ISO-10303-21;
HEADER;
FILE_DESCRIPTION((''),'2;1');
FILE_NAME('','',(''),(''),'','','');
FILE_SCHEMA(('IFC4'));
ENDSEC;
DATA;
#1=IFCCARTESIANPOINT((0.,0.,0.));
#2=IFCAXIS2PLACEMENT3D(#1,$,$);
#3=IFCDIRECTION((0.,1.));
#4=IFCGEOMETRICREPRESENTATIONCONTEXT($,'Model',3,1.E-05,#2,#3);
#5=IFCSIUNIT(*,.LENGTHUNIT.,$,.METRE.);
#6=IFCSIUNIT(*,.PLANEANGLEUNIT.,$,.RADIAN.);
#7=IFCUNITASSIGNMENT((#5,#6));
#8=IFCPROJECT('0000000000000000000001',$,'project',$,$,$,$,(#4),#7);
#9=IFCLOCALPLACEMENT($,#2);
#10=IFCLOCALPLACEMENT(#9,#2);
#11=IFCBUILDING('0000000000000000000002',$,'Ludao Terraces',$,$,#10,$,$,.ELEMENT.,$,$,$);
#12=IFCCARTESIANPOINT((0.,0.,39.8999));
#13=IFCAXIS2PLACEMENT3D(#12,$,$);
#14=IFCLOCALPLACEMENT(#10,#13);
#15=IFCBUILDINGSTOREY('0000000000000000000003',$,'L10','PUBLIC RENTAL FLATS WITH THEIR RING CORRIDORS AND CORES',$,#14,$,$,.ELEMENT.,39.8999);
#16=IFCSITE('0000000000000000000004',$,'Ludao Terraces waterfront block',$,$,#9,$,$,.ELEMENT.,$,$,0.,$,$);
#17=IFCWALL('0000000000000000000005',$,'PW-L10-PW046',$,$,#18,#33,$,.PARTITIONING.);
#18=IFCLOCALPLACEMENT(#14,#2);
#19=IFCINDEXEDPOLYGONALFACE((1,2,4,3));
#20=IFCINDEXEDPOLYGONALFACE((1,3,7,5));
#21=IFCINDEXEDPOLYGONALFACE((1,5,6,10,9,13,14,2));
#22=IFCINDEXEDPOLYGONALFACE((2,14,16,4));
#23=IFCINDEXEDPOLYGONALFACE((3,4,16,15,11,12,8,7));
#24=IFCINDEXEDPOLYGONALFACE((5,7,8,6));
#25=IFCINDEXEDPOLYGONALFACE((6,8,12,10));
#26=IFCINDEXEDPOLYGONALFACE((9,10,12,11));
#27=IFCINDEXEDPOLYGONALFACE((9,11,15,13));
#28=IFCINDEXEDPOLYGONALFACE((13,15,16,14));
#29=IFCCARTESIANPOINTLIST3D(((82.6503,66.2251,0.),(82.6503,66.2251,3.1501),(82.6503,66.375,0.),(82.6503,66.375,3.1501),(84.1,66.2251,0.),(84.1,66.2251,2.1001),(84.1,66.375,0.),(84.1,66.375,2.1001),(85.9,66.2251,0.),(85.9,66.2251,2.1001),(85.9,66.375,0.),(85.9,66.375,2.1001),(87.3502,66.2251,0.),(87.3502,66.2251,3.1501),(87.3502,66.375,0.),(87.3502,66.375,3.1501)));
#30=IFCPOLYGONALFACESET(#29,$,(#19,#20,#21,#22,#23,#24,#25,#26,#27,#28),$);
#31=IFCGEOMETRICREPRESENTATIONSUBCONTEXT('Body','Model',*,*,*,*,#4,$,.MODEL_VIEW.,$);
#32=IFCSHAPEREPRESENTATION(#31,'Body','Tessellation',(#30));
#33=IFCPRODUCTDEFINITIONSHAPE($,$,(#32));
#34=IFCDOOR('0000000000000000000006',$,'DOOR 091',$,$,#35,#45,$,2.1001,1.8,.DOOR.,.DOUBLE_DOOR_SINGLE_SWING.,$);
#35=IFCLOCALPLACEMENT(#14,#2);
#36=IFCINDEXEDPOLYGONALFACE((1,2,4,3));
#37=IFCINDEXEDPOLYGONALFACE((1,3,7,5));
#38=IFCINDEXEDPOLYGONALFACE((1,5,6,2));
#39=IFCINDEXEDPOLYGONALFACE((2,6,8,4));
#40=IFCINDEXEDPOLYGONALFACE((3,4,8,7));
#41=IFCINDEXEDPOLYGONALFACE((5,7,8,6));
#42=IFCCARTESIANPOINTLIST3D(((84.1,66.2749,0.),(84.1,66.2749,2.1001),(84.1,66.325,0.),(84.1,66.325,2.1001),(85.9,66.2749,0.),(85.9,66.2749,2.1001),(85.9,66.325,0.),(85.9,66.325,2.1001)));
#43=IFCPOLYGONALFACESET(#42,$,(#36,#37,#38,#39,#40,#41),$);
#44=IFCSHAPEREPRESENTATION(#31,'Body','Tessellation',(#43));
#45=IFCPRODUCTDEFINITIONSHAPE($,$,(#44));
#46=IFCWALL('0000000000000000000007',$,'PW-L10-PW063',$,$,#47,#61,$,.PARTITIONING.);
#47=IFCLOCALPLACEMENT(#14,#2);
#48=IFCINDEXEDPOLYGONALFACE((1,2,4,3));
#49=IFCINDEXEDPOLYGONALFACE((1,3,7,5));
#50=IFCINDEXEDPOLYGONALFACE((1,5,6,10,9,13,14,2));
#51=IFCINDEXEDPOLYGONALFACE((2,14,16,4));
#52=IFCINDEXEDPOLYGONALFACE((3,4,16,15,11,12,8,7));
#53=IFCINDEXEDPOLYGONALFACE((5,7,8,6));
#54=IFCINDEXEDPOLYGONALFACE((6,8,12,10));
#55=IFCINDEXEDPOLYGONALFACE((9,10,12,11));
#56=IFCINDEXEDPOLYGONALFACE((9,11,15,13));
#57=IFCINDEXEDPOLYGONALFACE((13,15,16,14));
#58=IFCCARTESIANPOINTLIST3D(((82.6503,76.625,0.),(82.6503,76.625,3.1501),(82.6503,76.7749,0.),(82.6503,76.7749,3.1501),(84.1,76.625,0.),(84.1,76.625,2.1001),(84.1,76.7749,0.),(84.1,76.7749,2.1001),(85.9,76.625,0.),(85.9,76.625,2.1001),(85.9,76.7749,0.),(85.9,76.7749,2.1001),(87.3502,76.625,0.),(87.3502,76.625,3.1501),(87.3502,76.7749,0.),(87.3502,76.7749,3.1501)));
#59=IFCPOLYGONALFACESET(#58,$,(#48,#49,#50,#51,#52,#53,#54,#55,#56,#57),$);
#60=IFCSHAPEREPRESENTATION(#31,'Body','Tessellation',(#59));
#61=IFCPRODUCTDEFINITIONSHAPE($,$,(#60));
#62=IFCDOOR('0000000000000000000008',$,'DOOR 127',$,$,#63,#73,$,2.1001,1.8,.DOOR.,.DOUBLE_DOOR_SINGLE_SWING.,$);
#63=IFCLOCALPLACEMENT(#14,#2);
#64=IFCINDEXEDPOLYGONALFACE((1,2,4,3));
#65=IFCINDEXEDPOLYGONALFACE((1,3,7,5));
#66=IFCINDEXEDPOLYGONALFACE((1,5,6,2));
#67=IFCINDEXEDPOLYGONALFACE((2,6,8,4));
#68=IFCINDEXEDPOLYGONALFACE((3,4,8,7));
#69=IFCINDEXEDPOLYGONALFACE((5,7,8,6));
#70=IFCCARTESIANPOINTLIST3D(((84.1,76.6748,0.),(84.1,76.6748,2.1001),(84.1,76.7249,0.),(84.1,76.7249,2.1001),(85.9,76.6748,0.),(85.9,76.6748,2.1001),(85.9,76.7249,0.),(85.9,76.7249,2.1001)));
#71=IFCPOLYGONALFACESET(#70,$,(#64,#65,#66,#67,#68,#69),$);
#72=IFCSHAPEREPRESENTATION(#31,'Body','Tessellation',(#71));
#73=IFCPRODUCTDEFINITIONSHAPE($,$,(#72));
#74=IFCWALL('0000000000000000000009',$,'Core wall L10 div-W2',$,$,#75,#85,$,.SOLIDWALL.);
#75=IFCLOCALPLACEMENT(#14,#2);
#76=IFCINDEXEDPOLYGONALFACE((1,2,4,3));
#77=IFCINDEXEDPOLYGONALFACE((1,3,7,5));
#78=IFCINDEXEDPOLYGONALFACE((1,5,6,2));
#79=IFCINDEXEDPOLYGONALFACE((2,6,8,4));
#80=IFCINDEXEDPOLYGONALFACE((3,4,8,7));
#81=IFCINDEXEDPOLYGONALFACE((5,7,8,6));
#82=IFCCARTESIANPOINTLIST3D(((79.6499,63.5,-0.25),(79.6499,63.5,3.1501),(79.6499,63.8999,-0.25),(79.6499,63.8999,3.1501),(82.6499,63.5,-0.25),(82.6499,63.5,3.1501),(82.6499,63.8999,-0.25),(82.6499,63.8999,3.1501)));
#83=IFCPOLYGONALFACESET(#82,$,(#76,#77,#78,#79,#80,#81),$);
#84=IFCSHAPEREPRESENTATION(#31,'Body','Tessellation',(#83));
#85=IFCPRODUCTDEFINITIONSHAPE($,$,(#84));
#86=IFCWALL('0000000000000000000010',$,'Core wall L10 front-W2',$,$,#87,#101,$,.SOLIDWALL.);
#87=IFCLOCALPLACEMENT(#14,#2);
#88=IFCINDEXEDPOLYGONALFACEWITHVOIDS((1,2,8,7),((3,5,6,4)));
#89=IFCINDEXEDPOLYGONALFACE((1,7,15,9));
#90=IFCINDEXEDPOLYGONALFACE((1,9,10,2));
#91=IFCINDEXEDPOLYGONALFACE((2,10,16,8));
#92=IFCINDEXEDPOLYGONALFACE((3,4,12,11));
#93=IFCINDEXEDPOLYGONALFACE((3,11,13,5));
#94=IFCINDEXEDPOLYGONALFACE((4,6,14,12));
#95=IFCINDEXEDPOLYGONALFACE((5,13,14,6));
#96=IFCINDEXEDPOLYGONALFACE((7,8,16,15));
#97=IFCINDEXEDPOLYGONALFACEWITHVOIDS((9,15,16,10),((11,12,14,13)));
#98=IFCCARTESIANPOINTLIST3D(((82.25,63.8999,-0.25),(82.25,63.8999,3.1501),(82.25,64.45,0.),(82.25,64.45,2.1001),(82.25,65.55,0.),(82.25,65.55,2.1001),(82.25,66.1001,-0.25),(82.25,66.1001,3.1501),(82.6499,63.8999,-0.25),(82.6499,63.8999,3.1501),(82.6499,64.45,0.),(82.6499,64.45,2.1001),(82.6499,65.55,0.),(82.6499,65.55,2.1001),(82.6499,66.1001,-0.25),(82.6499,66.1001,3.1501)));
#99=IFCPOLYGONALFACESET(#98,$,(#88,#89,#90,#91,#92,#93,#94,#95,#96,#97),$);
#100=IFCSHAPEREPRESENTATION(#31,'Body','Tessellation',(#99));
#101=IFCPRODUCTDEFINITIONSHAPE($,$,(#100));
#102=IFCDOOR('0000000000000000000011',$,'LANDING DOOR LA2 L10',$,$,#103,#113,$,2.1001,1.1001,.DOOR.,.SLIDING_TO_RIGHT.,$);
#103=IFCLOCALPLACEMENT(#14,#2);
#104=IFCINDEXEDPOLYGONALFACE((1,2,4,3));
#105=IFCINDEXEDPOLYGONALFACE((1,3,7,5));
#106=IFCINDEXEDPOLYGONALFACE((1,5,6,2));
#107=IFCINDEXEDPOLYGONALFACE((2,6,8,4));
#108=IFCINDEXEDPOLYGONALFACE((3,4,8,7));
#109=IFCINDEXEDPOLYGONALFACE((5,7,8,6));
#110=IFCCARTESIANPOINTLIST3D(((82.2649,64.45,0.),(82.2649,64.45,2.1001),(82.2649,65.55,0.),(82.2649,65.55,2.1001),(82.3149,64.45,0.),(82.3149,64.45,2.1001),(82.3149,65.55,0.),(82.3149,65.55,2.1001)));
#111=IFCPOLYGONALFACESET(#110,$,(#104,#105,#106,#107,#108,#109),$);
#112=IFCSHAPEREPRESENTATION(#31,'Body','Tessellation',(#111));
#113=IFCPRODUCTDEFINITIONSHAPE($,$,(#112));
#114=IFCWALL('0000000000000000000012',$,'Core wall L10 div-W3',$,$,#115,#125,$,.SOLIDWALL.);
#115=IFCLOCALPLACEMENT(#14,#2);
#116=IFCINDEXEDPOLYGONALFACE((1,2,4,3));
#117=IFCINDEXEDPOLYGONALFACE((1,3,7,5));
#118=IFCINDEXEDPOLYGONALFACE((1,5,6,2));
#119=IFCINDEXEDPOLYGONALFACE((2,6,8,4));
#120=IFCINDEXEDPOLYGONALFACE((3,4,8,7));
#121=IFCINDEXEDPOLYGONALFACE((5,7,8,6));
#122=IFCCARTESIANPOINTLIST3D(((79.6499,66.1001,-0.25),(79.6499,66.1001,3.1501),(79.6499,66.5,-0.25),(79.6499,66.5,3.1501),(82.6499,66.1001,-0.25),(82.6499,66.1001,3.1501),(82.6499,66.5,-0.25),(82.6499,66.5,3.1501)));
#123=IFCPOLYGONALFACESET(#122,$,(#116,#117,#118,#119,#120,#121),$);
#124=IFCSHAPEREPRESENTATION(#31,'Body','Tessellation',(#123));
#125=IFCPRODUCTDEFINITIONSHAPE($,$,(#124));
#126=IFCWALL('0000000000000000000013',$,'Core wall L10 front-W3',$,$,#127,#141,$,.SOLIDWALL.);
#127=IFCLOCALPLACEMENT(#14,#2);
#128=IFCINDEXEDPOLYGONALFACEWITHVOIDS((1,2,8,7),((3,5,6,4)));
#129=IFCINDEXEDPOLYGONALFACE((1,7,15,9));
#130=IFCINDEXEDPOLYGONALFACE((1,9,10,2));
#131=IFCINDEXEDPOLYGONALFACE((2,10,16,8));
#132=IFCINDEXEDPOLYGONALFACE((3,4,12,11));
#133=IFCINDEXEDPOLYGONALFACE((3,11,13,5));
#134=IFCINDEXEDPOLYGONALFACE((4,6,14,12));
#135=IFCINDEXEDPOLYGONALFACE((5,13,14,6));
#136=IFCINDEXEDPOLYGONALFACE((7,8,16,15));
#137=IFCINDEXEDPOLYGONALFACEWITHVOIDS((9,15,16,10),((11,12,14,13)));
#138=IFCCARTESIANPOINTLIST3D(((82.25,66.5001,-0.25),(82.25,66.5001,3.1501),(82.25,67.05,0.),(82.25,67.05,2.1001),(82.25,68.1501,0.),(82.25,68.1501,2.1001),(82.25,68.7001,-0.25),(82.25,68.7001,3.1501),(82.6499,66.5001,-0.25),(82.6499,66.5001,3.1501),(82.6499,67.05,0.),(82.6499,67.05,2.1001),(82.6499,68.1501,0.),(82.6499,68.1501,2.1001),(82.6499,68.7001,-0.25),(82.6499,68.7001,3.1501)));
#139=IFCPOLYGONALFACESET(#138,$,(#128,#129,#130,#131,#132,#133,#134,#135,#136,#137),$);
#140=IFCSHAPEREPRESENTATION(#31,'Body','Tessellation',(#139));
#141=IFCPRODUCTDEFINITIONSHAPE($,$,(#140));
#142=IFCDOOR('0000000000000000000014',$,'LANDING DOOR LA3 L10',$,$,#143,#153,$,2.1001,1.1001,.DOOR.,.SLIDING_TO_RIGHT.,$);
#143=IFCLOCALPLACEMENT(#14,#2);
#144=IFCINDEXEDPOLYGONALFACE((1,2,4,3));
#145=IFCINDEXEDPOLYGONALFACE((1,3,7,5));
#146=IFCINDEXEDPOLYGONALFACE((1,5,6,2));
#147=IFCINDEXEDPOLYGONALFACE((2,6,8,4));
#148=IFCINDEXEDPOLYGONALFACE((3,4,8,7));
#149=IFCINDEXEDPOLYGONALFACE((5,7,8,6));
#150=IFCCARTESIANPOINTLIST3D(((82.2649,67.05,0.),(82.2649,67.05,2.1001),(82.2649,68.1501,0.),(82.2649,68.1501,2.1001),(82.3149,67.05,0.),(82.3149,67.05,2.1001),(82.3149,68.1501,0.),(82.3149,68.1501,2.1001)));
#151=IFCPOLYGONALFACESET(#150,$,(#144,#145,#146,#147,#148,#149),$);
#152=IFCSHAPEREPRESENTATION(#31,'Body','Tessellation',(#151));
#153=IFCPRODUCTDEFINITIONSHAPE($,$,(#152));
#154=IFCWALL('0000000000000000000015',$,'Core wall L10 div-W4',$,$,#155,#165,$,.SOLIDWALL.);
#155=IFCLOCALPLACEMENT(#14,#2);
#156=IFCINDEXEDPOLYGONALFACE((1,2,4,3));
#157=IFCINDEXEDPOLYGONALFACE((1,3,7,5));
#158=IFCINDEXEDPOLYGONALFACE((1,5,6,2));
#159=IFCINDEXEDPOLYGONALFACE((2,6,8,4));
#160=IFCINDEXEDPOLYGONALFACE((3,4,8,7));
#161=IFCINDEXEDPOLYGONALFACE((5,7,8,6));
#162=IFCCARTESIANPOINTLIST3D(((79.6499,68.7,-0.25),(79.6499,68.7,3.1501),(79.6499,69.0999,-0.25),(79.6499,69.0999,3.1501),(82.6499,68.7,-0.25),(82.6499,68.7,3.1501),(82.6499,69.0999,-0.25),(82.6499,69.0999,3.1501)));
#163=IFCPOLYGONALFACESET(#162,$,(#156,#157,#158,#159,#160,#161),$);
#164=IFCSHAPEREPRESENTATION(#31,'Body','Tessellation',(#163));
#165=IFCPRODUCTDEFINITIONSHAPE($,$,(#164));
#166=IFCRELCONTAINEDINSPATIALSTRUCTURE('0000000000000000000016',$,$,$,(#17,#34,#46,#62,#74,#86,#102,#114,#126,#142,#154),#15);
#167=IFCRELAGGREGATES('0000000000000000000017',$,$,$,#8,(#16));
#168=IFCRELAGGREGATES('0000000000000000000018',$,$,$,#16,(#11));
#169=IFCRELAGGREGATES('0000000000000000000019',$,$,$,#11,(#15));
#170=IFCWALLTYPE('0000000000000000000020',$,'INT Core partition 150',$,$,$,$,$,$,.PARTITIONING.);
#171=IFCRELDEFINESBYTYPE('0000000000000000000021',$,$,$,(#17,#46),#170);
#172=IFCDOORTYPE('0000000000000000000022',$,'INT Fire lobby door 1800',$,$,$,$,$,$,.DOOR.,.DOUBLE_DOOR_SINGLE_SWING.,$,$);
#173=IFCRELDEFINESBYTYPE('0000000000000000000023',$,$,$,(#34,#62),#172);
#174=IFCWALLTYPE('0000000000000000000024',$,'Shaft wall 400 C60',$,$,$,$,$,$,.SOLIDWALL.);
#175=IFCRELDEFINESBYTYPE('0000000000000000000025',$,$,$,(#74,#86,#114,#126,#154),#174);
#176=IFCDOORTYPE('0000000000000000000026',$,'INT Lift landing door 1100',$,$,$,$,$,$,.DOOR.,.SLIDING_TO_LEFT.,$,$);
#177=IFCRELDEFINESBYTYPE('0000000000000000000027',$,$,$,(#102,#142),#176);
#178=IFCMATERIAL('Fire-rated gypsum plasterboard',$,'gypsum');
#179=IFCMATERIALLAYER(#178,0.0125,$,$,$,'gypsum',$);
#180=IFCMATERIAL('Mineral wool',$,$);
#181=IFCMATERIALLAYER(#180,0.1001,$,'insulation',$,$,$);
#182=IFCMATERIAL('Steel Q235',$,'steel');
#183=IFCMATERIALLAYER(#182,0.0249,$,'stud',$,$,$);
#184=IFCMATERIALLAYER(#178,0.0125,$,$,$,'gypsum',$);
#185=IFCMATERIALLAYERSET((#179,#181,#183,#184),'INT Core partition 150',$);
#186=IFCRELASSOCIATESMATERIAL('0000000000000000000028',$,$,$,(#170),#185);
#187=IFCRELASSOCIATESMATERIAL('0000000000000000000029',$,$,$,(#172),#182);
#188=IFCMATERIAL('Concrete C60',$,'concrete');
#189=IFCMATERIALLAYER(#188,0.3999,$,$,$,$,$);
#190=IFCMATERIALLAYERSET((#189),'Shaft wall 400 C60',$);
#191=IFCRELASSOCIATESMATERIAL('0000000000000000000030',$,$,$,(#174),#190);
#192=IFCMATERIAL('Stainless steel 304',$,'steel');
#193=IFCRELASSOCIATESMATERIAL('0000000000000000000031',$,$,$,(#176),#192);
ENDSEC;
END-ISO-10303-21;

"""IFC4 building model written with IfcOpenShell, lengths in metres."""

from ifc_helpers import new_model, si_unit, direction, frame, frame_2d, origin, place, context, subcontext, project, spatial, rectangle, extrude, material, layer, layer_set, type_object, element, fill, save


model = new_model("IFC4")

# Units and contexts
model_context = context("Model", 3, precision=1e-05, world=origin(), true_north=direction((0.0, 1.0)))
body_context = subcontext(model_context, "Body", "Model", "MODEL_VIEW")
ifc_project = project(units=[si_unit("LENGTHUNIT", "METRE"), si_unit("PLANEANGLEUNIT", "RADIAN")], contexts=[model_context])

# Site, building, storey
site_placement = place(None, origin())
site = spatial("IfcSite", under=ifc_project, at=site_placement, Name="Ludao Terraces waterfront block", CompositionType="ELEMENT", RefElevation=0.0)
building_placement = place(site_placement, origin())
building = spatial("IfcBuilding", under=site, at=building_placement, Name="Ludao Terraces", CompositionType="ELEMENT")
storey_placement = place(building_placement, frame((0.0, 0.0, 39.8999)))
storey = spatial("IfcBuildingStorey", under=building, at=storey_placement, Name="L10", Description="PUBLIC RENTAL FLATS WITH THEIR RING CORRIDORS AND CORES", CompositionType="ELEMENT", Elevation=39.8999)

# Walls, openings, doors
ifc_material_1 = material(Name="Fire-rated gypsum plasterboard", Category="gypsum")
ifc_layer_1 = layer(ifc_material_1, 0.0125, Category="gypsum")
ifc_material_2 = material(Name="Mineral wool")
ifc_layer_2 = layer(ifc_material_2, 0.1001, Name="insulation")
ifc_material_3 = material(Name="Steel Q235", Category="steel")
ifc_layer_3 = layer(ifc_material_3, 0.0249, Name="stud")
ifc_layer_4 = layer(ifc_material_1, 0.0125, Category="gypsum")
ifc_layer_set_1 = layer_set([ifc_layer_1, ifc_layer_2, ifc_layer_3, ifc_layer_4], Name="INT Core partition 150")
wall_type_1 = type_object("IfcWallType", Name="INT Core partition 150", PredefinedType="PARTITIONING", material=ifc_layer_set_1)
wall_1_placement = place(storey_placement, frame((82.6501, 66.3, 0.0), z_axis=(0.0, 0.0, 1.0), x_axis=(1.0, 0.0, 0.0)))
wall_1 = element("IfcWall", 1, at=wall_1_placement, inside=storey, type_object=wall_type_1, Name="PW-L10-PW046", PredefinedType="PARTITIONING", context=body_context, shape_type="SweptSolid", body=[
    extrude(rectangle(XDim=4.7, YDim=0.1499, at=frame_2d((2.3501, 0.0))), origin(), (0.0, 0.0, 1.0), 3.1501),
])
opening_1_placement = place(wall_1_placement, frame((1.45, 0.0, 0.0)))
opening_1 = element("IfcOpeningElement", 2, at=opening_1_placement, cuts=wall_1, PredefinedType="OPENING", context=body_context, shape_type="SweptSolid", body=[
    extrude(rectangle(XDim=1.8, YDim=2.1001, at=frame_2d((0.8999, 1.05))), frame((0.0, 0.085, 0.0), z_axis=(0.0, -1.0, 0.0), x_axis=(1.0, 0.0, 0.0)), (0.0, 0.0, 1.0), 0.1699),
])
door_type_1 = type_object("IfcDoorType", Name="INT Fire lobby door 1800", OperationType="DOUBLE_DOOR_SINGLE_SWING", PredefinedType="DOOR", material=ifc_material_3)
door_1_placement = place(opening_1_placement, origin())
door_1 = element("IfcDoor", 3, at=door_1_placement, inside=storey, type_object=door_type_1, Name="DOOR 091", OperationType="DOUBLE_DOOR_SINGLE_SWING", OverallHeight=2.1001, OverallWidth=1.8, PredefinedType="DOOR", context=body_context, shape_type="SweptSolid", body=[
    extrude(rectangle(XDim=1.8, YDim=2.1001, at=frame_2d((0.8999, 1.05))), frame((0.0, 0.0249, 0.0), z_axis=(0.0, -1.0, 0.0), x_axis=(1.0, 0.0, 0.0)), (0.0, 0.0, 1.0), 0.05),
])
fill(opening_1, door_1)
wall_2_placement = place(storey_placement, frame((82.6501, 76.7, 0.0), z_axis=(0.0, 0.0, 1.0), x_axis=(1.0, 0.0, 0.0)))
wall_2 = element("IfcWall", 4, at=wall_2_placement, inside=storey, type_object=wall_type_1, Name="PW-L10-PW063", PredefinedType="PARTITIONING", context=body_context, shape_type="SweptSolid", body=[
    extrude(rectangle(XDim=4.7, YDim=0.1499, at=frame_2d((2.3501, 0.0))), origin(), (0.0, 0.0, 1.0), 3.1501),
])
opening_2_placement = place(wall_2_placement, frame((1.45, 0.0, 0.0)))
opening_2 = element("IfcOpeningElement", 5, at=opening_2_placement, cuts=wall_2, PredefinedType="OPENING", context=body_context, shape_type="SweptSolid", body=[
    extrude(rectangle(XDim=1.8, YDim=2.1001, at=frame_2d((0.8999, 1.05))), frame((0.0, 0.085, 0.0), z_axis=(0.0, -1.0, 0.0), x_axis=(1.0, 0.0, 0.0)), (0.0, 0.0, 1.0), 0.1699),
])
door_2_placement = place(opening_2_placement, origin())
door_2 = element("IfcDoor", 6, at=door_2_placement, inside=storey, type_object=door_type_1, Name="DOOR 127", OperationType="DOUBLE_DOOR_SINGLE_SWING", OverallHeight=2.1001, OverallWidth=1.8, PredefinedType="DOOR", context=body_context, shape_type="SweptSolid", body=[
    extrude(rectangle(XDim=1.8, YDim=2.1001, at=frame_2d((0.8999, 1.05))), frame((0.0, 0.0249, 0.0), z_axis=(0.0, -1.0, 0.0), x_axis=(1.0, 0.0, 0.0)), (0.0, 0.0, 1.0), 0.05),
])
fill(opening_2, door_2)

# Wall
ifc_material_4 = material(Name="Concrete C60", Category="concrete")
ifc_layer_5 = layer(ifc_material_4, 0.3999)
ifc_layer_set_2 = layer_set([ifc_layer_5], Name="Shaft wall 400 C60")
wall_type_2 = type_object("IfcWallType", Name="Shaft wall 400 C60", PredefinedType="SOLIDWALL", material=ifc_layer_set_2)
wall_3_placement = place(storey_placement, frame((79.6499, 63.7, -0.25), z_axis=(0.0, 0.0, 1.0), x_axis=(1.0, 0.0, 0.0)))
element("IfcWall", 7, at=wall_3_placement, inside=storey, type_object=wall_type_2, Name="Core wall L10 div-W2", PredefinedType="SOLIDWALL", context=body_context, shape_type="SweptSolid", body=[
    extrude(rectangle(XDim=3.0, YDim=0.3999, at=frame_2d((1.5, 0.0))), origin(), (0.0, 0.0, 1.0), 3.4001),
])

# Wall, opening, door
wall_4_placement = place(storey_placement, frame((82.45, 63.8999, -0.25), z_axis=(0.0, 0.0, 1.0), x_axis=(0.0, 1.0, 0.0)))
wall_4 = element("IfcWall", 8, at=wall_4_placement, inside=storey, type_object=wall_type_2, Name="Core wall L10 front-W2", PredefinedType="SOLIDWALL", context=body_context, shape_type="SweptSolid", body=[
    extrude(rectangle(XDim=2.2002, YDim=0.3999, at=frame_2d((1.1001, 0.0))), origin(), (0.0, 0.0, 1.0), 3.4001),
])
opening_3_placement = place(wall_4_placement, frame((0.55, 0.0, 0.25)))
opening_3 = element("IfcOpeningElement", 9, at=opening_3_placement, cuts=wall_4, PredefinedType="OPENING", context=body_context, shape_type="SweptSolid", body=[
    extrude(rectangle(XDim=1.1001, YDim=2.1001, at=frame_2d((0.55, 1.05))), frame((0.0, 0.21, 0.0), z_axis=(0.0, -1.0, 0.0), x_axis=(1.0, 0.0, 0.0)), (0.0, 0.0, 1.0), 0.4199),
])
ifc_material_5 = material(Name="Stainless steel 304", Category="steel")
door_type_2 = type_object("IfcDoorType", Name="INT Lift landing door 1100", OperationType="SLIDING_TO_LEFT", PredefinedType="DOOR", material=ifc_material_5)
door_3_placement = place(opening_3_placement, origin())
door_3 = element("IfcDoor", 10, at=door_3_placement, inside=storey, type_object=door_type_2, Name="LANDING DOOR LA2 L10", OperationType="SLIDING_TO_RIGHT", OverallHeight=2.1001, OverallWidth=1.1001, PredefinedType="DOOR", context=body_context, shape_type="SweptSolid", body=[
    extrude(rectangle(XDim=1.1001, YDim=2.1001, at=frame_2d((0.55, 1.05))), frame((0.0, 0.1851, 0.0), z_axis=(0.0, -1.0, 0.0), x_axis=(1.0, 0.0, 0.0)), (0.0, 0.0, 1.0), 0.05),
])
fill(opening_3, door_3)

# Wall
wall_5_placement = place(storey_placement, frame((79.6499, 66.3, -0.25), z_axis=(0.0, 0.0, 1.0), x_axis=(1.0, 0.0, 0.0)))
element("IfcWall", 11, at=wall_5_placement, inside=storey, type_object=wall_type_2, Name="Core wall L10 div-W3", PredefinedType="SOLIDWALL", context=body_context, shape_type="SweptSolid", body=[
    extrude(rectangle(XDim=3.0, YDim=0.3999, at=frame_2d((1.5, 0.0))), origin(), (0.0, 0.0, 1.0), 3.4001),
])

# Wall, opening, door
wall_6_placement = place(storey_placement, frame((82.45, 66.5, -0.25), z_axis=(0.0, 0.0, 1.0), x_axis=(0.0, 1.0, 0.0)))
wall_6 = element("IfcWall", 12, at=wall_6_placement, inside=storey, type_object=wall_type_2, Name="Core wall L10 front-W3", PredefinedType="SOLIDWALL", context=body_context, shape_type="SweptSolid", body=[
    extrude(rectangle(XDim=2.2, YDim=0.3999, at=frame_2d((1.1001, 0.0))), origin(), (0.0, 0.0, 1.0), 3.4001),
])
opening_4_placement = place(wall_6_placement, frame((0.55, 0.0, 0.25)))
opening_4 = element("IfcOpeningElement", 13, at=opening_4_placement, cuts=wall_6, PredefinedType="OPENING", context=body_context, shape_type="SweptSolid", body=[
    extrude(rectangle(XDim=1.1001, YDim=2.1001, at=frame_2d((0.55, 1.05))), frame((0.0, 0.21, 0.0), z_axis=(0.0, -1.0, 0.0), x_axis=(1.0, 0.0, 0.0)), (0.0, 0.0, 1.0), 0.4199),
])
door_4_placement = place(opening_4_placement, origin())
door_4 = element("IfcDoor", 14, at=door_4_placement, inside=storey, type_object=door_type_2, Name="LANDING DOOR LA3 L10", OperationType="SLIDING_TO_RIGHT", OverallHeight=2.1001, OverallWidth=1.1001, PredefinedType="DOOR", context=body_context, shape_type="SweptSolid", body=[
    extrude(rectangle(XDim=1.1001, YDim=2.1001, at=frame_2d((0.55, 1.05))), frame((0.0, 0.1851, 0.0), z_axis=(0.0, -1.0, 0.0), x_axis=(1.0, 0.0, 0.0)), (0.0, 0.0, 1.0), 0.05),
])
fill(opening_4, door_4)

# Wall
wall_7_placement = place(storey_placement, frame((79.6499, 68.8999, -0.25), z_axis=(0.0, 0.0, 1.0), x_axis=(1.0, 0.0, 0.0)))
element("IfcWall", 15, at=wall_7_placement, inside=storey, type_object=wall_type_2, Name="Core wall L10 div-W4", PredefinedType="SOLIDWALL", context=body_context, shape_type="SweptSolid", body=[
    extrude(rectangle(XDim=3.0, YDim=0.3999, at=frame_2d((1.5, 0.0))), origin(), (0.0, 0.0, 1.0), 3.4001),
])

save(model, "model.ifc")
